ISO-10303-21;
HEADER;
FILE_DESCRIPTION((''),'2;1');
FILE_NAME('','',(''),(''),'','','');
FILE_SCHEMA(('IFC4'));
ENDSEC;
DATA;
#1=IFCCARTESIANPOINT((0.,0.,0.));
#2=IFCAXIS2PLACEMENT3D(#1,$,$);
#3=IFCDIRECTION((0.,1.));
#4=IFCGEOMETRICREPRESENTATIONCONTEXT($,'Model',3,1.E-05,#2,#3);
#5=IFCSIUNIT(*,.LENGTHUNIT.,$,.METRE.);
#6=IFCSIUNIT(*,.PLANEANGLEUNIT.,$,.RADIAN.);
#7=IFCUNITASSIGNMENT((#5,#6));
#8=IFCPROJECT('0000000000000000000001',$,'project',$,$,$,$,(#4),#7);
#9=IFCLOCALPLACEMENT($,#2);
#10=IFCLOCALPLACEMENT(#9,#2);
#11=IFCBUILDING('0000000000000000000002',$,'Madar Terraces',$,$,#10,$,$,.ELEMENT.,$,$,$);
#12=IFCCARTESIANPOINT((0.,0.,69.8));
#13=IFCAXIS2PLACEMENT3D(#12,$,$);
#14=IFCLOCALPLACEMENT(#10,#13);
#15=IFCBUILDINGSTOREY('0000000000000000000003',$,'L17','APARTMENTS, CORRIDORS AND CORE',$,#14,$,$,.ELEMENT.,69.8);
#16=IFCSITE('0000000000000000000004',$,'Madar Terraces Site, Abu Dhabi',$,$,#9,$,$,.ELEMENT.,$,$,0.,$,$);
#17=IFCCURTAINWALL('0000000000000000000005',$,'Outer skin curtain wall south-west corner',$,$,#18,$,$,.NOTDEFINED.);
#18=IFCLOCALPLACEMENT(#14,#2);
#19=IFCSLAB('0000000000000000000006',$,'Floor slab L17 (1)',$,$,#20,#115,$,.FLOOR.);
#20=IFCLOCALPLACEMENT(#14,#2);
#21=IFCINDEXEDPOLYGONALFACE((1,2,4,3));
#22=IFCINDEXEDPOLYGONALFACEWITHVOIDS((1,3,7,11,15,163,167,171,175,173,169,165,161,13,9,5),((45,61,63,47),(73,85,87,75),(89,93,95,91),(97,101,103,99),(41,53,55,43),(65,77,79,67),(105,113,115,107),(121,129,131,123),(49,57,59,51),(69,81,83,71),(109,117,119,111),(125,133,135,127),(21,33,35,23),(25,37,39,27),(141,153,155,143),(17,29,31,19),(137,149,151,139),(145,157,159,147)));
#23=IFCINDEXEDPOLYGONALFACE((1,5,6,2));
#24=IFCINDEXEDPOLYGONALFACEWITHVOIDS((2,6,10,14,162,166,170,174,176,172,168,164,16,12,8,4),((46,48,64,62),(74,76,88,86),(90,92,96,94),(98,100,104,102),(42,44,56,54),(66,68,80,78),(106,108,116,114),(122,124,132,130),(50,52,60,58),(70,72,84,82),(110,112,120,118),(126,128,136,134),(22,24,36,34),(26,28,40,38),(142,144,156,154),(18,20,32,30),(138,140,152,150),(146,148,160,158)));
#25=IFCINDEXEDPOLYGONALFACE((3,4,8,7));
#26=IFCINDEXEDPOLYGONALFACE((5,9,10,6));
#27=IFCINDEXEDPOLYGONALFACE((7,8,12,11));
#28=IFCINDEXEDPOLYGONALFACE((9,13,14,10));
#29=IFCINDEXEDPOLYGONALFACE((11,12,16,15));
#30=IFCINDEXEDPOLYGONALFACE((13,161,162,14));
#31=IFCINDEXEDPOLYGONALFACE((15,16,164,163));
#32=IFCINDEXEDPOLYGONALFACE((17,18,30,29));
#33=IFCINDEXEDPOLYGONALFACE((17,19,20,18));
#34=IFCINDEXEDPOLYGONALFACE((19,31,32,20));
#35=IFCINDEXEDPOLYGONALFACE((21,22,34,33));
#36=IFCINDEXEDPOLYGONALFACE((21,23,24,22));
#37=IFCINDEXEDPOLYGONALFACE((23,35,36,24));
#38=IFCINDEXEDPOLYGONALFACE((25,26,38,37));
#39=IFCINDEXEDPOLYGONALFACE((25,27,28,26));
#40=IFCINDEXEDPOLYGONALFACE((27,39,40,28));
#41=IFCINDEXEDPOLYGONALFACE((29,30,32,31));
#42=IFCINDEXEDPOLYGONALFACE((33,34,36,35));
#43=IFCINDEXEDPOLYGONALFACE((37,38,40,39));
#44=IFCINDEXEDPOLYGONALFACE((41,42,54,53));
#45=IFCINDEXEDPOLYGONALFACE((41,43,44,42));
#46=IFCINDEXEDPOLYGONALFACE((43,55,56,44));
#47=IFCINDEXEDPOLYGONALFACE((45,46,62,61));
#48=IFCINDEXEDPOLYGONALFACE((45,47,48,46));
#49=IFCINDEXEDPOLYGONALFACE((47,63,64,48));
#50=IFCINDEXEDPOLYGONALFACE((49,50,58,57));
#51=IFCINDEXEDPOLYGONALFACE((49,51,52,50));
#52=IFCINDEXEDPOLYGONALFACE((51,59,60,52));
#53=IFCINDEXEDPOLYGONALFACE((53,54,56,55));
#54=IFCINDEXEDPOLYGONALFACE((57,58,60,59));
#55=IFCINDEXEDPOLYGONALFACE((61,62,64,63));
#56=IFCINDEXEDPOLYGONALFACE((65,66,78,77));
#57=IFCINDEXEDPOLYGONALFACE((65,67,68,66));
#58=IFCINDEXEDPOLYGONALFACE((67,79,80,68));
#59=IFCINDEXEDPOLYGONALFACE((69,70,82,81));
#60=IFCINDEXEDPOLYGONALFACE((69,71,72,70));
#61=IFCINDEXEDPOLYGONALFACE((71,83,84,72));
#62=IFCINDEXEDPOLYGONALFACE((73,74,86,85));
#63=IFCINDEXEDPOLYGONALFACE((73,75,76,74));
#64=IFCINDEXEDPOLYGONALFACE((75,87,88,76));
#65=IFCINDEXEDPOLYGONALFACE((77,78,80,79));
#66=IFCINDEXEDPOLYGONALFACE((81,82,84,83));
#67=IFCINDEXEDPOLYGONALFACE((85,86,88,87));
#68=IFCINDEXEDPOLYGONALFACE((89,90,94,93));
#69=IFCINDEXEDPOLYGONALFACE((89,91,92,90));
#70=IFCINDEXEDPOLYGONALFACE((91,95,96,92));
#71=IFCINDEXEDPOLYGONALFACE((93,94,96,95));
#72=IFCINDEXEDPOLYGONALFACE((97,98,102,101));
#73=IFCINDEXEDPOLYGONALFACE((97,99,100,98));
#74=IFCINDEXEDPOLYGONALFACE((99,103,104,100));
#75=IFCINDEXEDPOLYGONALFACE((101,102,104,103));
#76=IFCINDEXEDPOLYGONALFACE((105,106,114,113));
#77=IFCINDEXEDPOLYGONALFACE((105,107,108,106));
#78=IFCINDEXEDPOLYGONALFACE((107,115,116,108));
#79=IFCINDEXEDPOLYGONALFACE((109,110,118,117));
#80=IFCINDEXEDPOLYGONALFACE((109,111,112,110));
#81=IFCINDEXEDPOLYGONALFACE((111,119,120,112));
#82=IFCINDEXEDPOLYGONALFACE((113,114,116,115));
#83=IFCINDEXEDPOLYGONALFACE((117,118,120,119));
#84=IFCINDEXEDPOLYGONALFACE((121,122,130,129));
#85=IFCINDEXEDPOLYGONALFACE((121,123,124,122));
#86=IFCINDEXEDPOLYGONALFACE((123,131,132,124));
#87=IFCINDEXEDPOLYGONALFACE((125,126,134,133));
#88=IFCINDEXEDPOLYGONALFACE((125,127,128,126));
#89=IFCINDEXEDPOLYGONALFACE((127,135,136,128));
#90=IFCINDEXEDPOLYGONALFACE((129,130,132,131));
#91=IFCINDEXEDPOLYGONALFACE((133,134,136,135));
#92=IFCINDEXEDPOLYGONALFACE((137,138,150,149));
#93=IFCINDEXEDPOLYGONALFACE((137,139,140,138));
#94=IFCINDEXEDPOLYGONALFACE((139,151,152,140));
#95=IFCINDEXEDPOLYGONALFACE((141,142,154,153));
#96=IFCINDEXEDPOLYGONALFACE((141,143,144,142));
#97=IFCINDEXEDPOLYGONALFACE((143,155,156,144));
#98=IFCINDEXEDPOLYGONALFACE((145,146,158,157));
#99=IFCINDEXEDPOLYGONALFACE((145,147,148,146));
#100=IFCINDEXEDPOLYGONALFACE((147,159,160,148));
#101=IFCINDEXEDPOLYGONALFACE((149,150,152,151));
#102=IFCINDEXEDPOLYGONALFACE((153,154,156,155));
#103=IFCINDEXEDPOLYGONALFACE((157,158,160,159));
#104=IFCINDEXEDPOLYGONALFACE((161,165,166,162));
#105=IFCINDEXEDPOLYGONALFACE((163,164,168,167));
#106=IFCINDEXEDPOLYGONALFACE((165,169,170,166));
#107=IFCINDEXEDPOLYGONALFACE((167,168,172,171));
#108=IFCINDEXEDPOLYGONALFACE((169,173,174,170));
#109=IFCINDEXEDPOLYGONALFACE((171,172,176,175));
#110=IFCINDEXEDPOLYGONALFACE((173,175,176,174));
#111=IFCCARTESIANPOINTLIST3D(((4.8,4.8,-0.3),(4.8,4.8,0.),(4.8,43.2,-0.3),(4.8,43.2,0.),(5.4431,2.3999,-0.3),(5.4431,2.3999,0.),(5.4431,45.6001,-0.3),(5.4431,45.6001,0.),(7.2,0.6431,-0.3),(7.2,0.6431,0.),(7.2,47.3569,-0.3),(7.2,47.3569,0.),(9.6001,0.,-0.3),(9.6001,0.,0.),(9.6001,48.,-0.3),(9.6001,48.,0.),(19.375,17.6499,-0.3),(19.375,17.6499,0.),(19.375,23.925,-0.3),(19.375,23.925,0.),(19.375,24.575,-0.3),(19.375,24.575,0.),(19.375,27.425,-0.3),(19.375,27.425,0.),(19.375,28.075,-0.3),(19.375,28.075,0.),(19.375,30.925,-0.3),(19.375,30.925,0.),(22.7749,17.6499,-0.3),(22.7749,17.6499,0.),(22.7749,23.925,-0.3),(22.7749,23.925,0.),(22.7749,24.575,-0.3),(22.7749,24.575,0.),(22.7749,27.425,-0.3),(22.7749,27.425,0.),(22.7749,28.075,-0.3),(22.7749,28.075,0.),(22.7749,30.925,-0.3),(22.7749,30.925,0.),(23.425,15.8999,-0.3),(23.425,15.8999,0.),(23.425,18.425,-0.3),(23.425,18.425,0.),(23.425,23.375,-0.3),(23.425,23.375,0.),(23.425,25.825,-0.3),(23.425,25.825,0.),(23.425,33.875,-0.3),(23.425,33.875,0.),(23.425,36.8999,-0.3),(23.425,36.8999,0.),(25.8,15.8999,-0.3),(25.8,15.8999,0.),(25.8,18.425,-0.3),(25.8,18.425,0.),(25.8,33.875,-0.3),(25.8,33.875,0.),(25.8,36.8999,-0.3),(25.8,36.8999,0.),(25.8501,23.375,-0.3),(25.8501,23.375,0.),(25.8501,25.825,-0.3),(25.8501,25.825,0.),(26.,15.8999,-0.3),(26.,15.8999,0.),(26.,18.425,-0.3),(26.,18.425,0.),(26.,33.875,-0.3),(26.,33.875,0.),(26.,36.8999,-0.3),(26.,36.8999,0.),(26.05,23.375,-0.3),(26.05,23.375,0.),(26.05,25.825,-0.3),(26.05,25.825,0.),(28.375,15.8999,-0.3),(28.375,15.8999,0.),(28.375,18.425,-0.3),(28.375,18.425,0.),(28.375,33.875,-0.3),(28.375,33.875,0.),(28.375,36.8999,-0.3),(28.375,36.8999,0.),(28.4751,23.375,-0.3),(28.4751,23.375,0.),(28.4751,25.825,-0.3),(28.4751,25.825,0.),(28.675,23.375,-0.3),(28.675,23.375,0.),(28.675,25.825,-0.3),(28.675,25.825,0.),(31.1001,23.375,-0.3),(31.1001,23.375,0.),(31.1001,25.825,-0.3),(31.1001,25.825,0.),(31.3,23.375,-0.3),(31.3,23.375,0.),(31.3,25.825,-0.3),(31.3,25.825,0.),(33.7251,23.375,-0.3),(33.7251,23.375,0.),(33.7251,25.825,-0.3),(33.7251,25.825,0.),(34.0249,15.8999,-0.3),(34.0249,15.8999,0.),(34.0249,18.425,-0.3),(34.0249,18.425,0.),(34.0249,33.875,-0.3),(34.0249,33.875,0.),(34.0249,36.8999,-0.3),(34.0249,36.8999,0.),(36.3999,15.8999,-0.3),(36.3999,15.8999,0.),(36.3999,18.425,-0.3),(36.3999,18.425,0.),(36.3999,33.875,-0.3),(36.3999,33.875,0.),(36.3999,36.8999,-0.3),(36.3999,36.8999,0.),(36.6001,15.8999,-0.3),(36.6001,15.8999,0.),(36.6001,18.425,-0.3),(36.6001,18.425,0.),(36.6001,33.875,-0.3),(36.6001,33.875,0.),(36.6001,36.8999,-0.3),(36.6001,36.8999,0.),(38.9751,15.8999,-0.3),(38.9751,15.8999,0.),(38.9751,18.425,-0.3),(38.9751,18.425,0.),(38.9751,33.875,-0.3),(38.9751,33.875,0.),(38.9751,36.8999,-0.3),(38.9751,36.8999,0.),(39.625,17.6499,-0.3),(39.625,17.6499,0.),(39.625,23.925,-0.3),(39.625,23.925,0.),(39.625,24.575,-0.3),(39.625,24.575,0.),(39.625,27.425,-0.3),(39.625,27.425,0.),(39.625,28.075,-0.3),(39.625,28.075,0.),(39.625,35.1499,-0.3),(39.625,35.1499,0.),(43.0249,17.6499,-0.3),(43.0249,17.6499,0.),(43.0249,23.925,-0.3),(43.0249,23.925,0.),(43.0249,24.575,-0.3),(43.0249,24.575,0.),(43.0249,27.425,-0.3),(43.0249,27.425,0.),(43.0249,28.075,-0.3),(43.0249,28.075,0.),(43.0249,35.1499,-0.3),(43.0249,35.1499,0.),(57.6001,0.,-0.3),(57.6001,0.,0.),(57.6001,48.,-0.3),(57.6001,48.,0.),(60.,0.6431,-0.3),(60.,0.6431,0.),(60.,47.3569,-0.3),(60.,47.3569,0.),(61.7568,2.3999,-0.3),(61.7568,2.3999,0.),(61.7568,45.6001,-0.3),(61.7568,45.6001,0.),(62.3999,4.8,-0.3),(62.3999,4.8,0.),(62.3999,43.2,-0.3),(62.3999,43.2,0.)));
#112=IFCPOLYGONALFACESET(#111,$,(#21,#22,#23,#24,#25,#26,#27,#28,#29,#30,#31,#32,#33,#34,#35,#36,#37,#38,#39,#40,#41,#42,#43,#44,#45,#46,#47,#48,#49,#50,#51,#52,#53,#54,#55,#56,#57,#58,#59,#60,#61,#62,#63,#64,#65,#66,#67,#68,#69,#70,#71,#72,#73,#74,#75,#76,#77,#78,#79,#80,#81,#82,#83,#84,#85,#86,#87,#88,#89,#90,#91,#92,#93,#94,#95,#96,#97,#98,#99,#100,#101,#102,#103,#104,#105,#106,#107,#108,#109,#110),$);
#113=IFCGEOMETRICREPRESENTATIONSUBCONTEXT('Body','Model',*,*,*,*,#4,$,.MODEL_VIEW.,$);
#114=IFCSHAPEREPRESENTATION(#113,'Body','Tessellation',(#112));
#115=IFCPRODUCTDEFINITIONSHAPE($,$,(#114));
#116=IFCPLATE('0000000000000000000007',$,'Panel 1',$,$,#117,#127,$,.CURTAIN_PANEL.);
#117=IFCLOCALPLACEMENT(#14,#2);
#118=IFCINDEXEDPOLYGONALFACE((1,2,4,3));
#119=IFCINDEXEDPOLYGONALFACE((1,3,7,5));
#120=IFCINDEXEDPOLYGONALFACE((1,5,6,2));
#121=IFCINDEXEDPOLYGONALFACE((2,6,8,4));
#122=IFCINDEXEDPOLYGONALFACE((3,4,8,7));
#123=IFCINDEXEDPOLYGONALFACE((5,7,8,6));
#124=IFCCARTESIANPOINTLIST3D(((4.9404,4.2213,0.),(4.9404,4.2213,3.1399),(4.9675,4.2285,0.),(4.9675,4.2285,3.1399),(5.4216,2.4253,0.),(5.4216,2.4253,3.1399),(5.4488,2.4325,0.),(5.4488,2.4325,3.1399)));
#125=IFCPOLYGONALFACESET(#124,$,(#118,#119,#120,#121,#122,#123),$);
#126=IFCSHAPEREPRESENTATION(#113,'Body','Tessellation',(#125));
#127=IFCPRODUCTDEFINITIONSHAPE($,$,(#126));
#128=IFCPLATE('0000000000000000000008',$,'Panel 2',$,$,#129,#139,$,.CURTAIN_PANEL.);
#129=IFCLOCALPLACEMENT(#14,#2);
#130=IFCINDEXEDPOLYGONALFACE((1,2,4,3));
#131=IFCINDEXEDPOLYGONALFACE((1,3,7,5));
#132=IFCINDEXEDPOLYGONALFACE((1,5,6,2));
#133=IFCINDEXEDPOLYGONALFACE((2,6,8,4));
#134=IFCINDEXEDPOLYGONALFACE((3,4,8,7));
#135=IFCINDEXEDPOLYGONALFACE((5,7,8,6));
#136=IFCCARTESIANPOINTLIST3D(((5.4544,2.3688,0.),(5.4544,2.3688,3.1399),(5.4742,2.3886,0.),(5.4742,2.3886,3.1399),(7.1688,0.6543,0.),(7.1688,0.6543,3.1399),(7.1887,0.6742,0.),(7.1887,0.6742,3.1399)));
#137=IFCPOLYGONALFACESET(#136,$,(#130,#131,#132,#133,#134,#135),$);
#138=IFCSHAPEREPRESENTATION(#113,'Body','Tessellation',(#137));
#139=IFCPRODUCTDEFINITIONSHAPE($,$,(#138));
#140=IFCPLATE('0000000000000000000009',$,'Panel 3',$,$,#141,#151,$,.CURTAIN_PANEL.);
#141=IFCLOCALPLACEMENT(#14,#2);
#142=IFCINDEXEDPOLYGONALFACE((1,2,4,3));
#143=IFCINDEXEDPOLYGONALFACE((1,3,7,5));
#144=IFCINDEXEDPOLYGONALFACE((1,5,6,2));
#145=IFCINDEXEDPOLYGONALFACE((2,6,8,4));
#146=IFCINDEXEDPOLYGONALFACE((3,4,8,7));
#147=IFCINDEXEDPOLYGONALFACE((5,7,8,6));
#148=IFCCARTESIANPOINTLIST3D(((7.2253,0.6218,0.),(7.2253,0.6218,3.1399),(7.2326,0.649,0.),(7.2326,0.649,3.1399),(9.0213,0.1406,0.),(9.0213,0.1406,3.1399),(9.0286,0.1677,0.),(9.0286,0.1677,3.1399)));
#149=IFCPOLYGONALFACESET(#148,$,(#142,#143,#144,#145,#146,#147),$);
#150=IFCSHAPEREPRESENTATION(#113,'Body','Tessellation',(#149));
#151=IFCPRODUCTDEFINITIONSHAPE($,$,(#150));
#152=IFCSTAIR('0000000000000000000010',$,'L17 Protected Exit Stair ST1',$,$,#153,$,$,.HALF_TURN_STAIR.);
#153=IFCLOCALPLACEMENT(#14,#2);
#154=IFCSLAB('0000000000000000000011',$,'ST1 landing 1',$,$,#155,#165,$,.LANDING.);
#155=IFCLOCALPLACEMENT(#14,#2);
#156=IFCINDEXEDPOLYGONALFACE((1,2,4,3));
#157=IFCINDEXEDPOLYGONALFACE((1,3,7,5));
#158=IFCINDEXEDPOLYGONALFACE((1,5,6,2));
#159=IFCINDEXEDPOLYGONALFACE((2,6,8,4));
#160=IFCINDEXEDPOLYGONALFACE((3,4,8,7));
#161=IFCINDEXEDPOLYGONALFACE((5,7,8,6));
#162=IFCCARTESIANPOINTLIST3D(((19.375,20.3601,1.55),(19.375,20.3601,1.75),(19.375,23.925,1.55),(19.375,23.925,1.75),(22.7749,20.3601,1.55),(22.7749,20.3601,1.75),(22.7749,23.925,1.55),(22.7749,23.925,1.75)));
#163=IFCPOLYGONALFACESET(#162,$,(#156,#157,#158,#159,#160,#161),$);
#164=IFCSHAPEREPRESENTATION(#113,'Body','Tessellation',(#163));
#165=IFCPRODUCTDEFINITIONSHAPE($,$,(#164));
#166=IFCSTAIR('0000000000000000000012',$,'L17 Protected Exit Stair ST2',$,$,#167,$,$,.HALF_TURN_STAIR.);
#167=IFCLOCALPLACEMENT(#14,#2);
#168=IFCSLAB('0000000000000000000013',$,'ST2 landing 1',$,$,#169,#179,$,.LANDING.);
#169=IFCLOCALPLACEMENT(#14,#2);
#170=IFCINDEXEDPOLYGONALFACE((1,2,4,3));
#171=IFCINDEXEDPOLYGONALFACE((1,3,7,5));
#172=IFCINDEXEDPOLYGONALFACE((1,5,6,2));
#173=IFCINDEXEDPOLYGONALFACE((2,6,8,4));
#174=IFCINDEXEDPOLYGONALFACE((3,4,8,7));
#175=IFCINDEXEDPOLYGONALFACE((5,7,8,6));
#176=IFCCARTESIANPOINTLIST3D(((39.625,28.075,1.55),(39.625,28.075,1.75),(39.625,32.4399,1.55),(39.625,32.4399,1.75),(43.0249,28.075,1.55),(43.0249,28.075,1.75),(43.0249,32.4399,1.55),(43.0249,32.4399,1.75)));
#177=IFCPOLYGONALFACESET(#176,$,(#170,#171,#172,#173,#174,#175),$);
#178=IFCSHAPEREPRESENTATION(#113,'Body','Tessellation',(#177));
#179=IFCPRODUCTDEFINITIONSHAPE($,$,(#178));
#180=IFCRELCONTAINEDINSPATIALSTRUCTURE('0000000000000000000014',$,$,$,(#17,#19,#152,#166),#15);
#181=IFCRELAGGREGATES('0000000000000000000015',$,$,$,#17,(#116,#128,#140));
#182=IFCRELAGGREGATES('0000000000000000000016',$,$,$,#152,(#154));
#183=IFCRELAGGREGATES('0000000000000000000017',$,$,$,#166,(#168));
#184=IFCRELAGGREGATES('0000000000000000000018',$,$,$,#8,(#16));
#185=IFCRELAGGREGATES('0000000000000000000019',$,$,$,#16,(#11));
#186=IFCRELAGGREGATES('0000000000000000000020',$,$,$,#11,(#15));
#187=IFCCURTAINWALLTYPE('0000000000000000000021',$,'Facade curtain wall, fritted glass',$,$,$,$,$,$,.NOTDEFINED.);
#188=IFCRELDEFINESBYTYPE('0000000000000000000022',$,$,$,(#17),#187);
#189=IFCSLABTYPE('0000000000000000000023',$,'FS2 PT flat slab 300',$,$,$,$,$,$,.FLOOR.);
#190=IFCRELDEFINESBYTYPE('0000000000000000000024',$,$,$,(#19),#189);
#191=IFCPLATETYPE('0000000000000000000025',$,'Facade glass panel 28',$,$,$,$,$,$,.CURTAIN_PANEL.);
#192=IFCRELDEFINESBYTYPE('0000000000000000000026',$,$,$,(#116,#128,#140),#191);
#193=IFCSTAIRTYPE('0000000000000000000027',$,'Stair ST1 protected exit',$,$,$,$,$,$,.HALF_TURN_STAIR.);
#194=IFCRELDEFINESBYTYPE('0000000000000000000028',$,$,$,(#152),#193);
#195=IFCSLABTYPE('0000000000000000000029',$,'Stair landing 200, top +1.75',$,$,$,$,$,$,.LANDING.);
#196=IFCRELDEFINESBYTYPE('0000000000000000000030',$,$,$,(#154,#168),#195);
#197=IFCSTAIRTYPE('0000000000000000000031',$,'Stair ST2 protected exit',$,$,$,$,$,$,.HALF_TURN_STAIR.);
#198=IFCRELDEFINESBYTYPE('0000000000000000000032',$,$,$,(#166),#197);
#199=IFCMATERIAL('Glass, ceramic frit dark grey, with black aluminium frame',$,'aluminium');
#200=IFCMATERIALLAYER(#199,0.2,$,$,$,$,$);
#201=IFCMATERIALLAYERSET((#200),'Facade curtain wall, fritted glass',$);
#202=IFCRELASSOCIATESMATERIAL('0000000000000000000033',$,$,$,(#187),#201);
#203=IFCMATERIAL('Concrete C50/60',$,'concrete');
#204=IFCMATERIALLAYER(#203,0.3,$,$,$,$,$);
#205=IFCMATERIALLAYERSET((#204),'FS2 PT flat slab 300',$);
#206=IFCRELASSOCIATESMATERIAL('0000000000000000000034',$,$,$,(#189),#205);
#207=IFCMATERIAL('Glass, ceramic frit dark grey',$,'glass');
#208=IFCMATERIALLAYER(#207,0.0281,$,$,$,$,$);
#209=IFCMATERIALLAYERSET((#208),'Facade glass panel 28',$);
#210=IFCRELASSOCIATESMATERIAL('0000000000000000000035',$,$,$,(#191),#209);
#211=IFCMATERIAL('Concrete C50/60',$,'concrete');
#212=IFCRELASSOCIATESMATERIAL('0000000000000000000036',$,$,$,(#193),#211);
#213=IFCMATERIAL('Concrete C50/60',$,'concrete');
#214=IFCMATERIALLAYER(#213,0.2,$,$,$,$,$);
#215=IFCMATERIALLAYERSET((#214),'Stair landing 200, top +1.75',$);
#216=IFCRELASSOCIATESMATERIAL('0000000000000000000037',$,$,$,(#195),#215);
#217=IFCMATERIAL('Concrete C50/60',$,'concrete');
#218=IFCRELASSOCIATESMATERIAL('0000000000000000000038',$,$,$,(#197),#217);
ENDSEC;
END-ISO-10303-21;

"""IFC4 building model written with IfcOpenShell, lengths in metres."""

from ifc_helpers import new_model, si_unit, direction, frame, origin, origin_2d, place, context, subcontext, project, spatial, polyline, rectangle, outline, extrude, material, layer, layer_set, type_object, element, aggregate, save


model = new_model("IFC4")

# Units and contexts
model_context = context("Model", 3, precision=1e-05, world=origin(), true_north=direction((0.0, 1.0)))
body_context = subcontext(model_context, "Body", "Model", "MODEL_VIEW")
ifc_project = project(units=[si_unit("LENGTHUNIT", "METRE"), si_unit("PLANEANGLEUNIT", "RADIAN")], contexts=[model_context])

# Site, building, storey
site_placement = place(None, origin())
site = spatial("IfcSite", under=ifc_project, at=site_placement, Name="Madar Terraces Site, Abu Dhabi", CompositionType="ELEMENT", RefElevation=0.0)
building_placement = place(site_placement, origin())
building = spatial("IfcBuilding", under=site, at=building_placement, Name="Madar Terraces", CompositionType="ELEMENT")
storey_placement = place(building_placement, frame((0.0, 0.0, 69.8)))
storey = spatial("IfcBuildingStorey", under=building, at=storey_placement, Name="L17", Description="APARTMENTS, CORRIDORS AND CORE", CompositionType="ELEMENT", Elevation=69.8)

# Curtain wall
ifc_material_1 = material(Name="Glass, ceramic frit dark grey, with black aluminium frame", Category="aluminium")
ifc_layer_1 = layer(ifc_material_1, 0.2)
ifc_layer_set_1 = layer_set([ifc_layer_1], Name="Facade curtain wall, fritted glass")
curtain_wall_type = type_object("IfcCurtainWallType", Name="Facade curtain wall, fritted glass", PredefinedType="NOTDEFINED", material=ifc_layer_set_1)
curtain_wall_1_placement = place(storey_placement, origin())
curtain_wall_1 = element("IfcCurtainWall", 1, at=curtain_wall_1_placement, inside=storey, type_object=curtain_wall_type, Name="Outer skin curtain wall south-west corner", PredefinedType="NOTDEFINED")

# Slab
ifc_material_2 = material(Name="Concrete C50/60", Category="concrete")
ifc_layer_2 = layer(ifc_material_2, 0.3)
ifc_layer_set_2 = layer_set([ifc_layer_2], Name="FS2 PT flat slab 300")
slab_type_1 = type_object("IfcSlabType", Name="FS2 PT flat slab 300", PredefinedType="FLOOR", material=ifc_layer_set_2)
slab_1_placement = place(storey_placement, frame((0.0, 0.0, -0.3)))
element("IfcSlab", 2, at=slab_1_placement, inside=storey, type_object=slab_type_1, Name="Floor slab L17 (1)", PredefinedType="FLOOR", context=body_context, shape_type="SweptSolid", body=[
    extrude(outline(polyline([(57.6001, 0.0), (60.0, 0.6431), (61.7568, 2.3999), (62.3999, 4.8), (62.3999, 43.2), (61.7568, 45.6001), (60.0, 47.3569), (57.6001, 48.0), (9.6001, 48.0), (7.2, 47.3569), (5.4431, 45.6001), (4.8, 43.2), (4.8, 4.8), (5.4431, 2.3999), (7.2, 0.6431), (9.6001, 0.0), (57.6001, 0.0)]), holes=[polyline([(23.425, 15.8999), (23.425, 18.425), (25.8, 18.425), (25.8, 15.8999), (23.425, 15.8999)]), polyline([(26.0, 15.8999), (26.0, 18.425), (28.375, 18.425), (28.375, 15.8999), (26.0, 15.8999)]), polyline([(19.375, 17.6499), (19.375, 23.925), (22.7749, 23.925), (22.7749, 17.6499), (19.375, 17.6499)]), polyline([(23.425, 23.375), (23.425, 25.825), (25.8501, 25.825), (25.8501, 23.375), (23.425, 23.375)]), polyline([(26.05, 23.375), (26.05, 25.825), (28.4751, 25.825), (28.4751, 23.375), (26.05, 23.375)]), polyline([(19.375, 24.575), (19.375, 27.425), (22.7749, 27.425), (22.7749, 24.575), (19.375, 24.575)]), polyline([(19.375, 28.075), (19.375, 30.925), (22.7749, 30.925), (22.7749, 28.075), (19.375, 28.075)]), polyline([(23.425, 36.8999), (25.8, 36.8999), (25.8, 33.875), (23.425, 33.875), (23.425, 36.8999)]), polyline([(26.0, 36.8999), (28.375, 36.8999), (28.375, 33.875), (26.0, 33.875), (26.0, 36.8999)]), polyline([(34.0249, 15.8999), (34.0249, 18.425), (36.3999, 18.425), (36.3999, 15.8999), (34.0249, 15.8999)]), polyline([(36.6001, 15.8999), (36.6001, 18.425), (38.9751, 18.425), (38.9751, 15.8999), (36.6001, 15.8999)]), polyline([(39.625, 17.6499), (39.625, 23.925), (43.0249, 23.925), (43.0249, 17.6499), (39.625, 17.6499)]), polyline([(28.675, 23.375), (28.675, 25.825), (31.1001, 25.825), (31.1001, 23.375), (28.675, 23.375)]), polyline([(31.3, 23.375), (31.3, 25.825), (33.7251, 25.825), (33.7251, 23.375), (31.3, 23.375)]), polyline([(39.625, 24.575), (39.625, 27.425), (43.0249, 27.425), (43.0249, 24.575), (39.625, 24.575)]), polyline([(39.625, 28.075), (39.625, 35.1499), (43.0249, 35.1499), (43.0249, 28.075), (39.625, 28.075)]), polyline([(34.0249, 36.8999), (36.3999, 36.8999), (36.3999, 33.875), (34.0249, 33.875), (34.0249, 36.8999)]), polyline([(36.6001, 36.8999), (38.9751, 36.8999), (38.9751, 33.875), (36.6001, 33.875), (36.6001, 36.8999)])]), origin(), (0.0, 0.0, 1.0), 0.3),
])

# Plates
ifc_material_3 = material(Name="Glass, ceramic frit dark grey", Category="glass")
ifc_layer_3 = layer(ifc_material_3, 0.0281)
ifc_layer_set_3 = layer_set([ifc_layer_3], Name="Facade glass panel 28")
plate_type = type_object("IfcPlateType", Name="Facade glass panel 28", PredefinedType="CURTAIN_PANEL", material=ifc_layer_set_3)
plate_1_placement = place(storey_placement, frame((5.1946, 3.3269, 0.0), z_axis=(0.0, 0.0, 1.0), x_axis=(0.258819, -0.965926, 0.0)))
plate_1 = element("IfcPlate", 3, at=plate_1_placement, type_object=plate_type, Name="Panel 1", PredefinedType="CURTAIN_PANEL", context=body_context, shape_type="SweptSolid", body=[
    extrude(rectangle(XDim=1.8594, YDim=0.0281, at=origin_2d()), origin(), (0.0, 0.0, 1.0), 3.1399),
])
plate_2_placement = place(storey_placement, frame((6.3215, 1.5215, 0.0), z_axis=(0.0, 0.0, 1.0), x_axis=(0.707107, -0.707107, 0.0)))
plate_2 = element("IfcPlate", 4, at=plate_2_placement, type_object=plate_type, Name="Panel 2", PredefinedType="CURTAIN_PANEL", context=body_context, shape_type="SweptSolid", body=[
    extrude(rectangle(XDim=2.4246, YDim=0.0281, at=origin_2d()), origin(), (0.0, 0.0, 1.0), 3.1399),
])
plate_3_placement = place(storey_placement, frame((8.127, 0.3948, 0.0), z_axis=(0.0, 0.0, 1.0), x_axis=(0.965926, -0.258819, 0.0)))
plate_3 = element("IfcPlate", 5, at=plate_3_placement, type_object=plate_type, Name="Panel 3", PredefinedType="CURTAIN_PANEL", context=body_context, shape_type="SweptSolid", body=[
    extrude(rectangle(XDim=1.8594, YDim=0.0281, at=origin_2d()), origin(), (0.0, 0.0, 1.0), 3.1399),
])
aggregate(curtain_wall_1, [plate_1, plate_2, plate_3])

# Stairs, slabs
ifc_material_4 = material(Name="Concrete C50/60", Category="concrete")
stair_type_1 = type_object("IfcStairType", Name="Stair ST1 protected exit", PredefinedType="HALF_TURN_STAIR", material=ifc_material_4)
stair_1_placement = place(storey_placement, origin())
stair_1 = element("IfcStair", 6, at=stair_1_placement, inside=storey, type_object=stair_type_1, Name="L17 Protected Exit Stair ST1", PredefinedType="HALF_TURN_STAIR")
ifc_material_5 = material(Name="Concrete C50/60", Category="concrete")
ifc_layer_4 = layer(ifc_material_5, 0.2)
ifc_layer_set_4 = layer_set([ifc_layer_4], Name="Stair landing 200, top +1.75")
slab_type_2 = type_object("IfcSlabType", Name="Stair landing 200, top +1.75", PredefinedType="LANDING", material=ifc_layer_set_4)
slab_2_placement = place(storey_placement, frame((0.0, 0.0, 1.55)))
slab_2 = element("IfcSlab", 7, at=slab_2_placement, type_object=slab_type_2, Name="ST1 landing 1", PredefinedType="LANDING", context=body_context, shape_type="SweptSolid", body=[
    extrude(outline(polyline([(19.375, 20.3601), (22.7749, 20.3601), (22.7749, 23.925), (19.375, 23.925), (19.375, 20.3601)])), origin(), (0.0, 0.0, 1.0), 0.2),
])
aggregate(stair_1, [slab_2])
ifc_material_6 = material(Name="Concrete C50/60", Category="concrete")
stair_type_2 = type_object("IfcStairType", Name="Stair ST2 protected exit", PredefinedType="HALF_TURN_STAIR", material=ifc_material_6)
stair_2_placement = place(storey_placement, origin())
stair_2 = element("IfcStair", 8, at=stair_2_placement, inside=storey, type_object=stair_type_2, Name="L17 Protected Exit Stair ST2", PredefinedType="HALF_TURN_STAIR")
slab_3_placement = place(storey_placement, frame((0.0, 0.0, 1.55)))
slab_3 = element("IfcSlab", 9, at=slab_3_placement, type_object=slab_type_2, Name="ST2 landing 1", PredefinedType="LANDING", context=body_context, shape_type="SweptSolid", body=[
    extrude(outline(polyline([(39.625, 28.075), (43.0249, 28.075), (43.0249, 32.4399), (39.625, 32.4399), (39.625, 28.075)])), origin(), (0.0, 0.0, 1.0), 0.2),
])
aggregate(stair_2, [slab_3])

save(model, "model.ifc")
